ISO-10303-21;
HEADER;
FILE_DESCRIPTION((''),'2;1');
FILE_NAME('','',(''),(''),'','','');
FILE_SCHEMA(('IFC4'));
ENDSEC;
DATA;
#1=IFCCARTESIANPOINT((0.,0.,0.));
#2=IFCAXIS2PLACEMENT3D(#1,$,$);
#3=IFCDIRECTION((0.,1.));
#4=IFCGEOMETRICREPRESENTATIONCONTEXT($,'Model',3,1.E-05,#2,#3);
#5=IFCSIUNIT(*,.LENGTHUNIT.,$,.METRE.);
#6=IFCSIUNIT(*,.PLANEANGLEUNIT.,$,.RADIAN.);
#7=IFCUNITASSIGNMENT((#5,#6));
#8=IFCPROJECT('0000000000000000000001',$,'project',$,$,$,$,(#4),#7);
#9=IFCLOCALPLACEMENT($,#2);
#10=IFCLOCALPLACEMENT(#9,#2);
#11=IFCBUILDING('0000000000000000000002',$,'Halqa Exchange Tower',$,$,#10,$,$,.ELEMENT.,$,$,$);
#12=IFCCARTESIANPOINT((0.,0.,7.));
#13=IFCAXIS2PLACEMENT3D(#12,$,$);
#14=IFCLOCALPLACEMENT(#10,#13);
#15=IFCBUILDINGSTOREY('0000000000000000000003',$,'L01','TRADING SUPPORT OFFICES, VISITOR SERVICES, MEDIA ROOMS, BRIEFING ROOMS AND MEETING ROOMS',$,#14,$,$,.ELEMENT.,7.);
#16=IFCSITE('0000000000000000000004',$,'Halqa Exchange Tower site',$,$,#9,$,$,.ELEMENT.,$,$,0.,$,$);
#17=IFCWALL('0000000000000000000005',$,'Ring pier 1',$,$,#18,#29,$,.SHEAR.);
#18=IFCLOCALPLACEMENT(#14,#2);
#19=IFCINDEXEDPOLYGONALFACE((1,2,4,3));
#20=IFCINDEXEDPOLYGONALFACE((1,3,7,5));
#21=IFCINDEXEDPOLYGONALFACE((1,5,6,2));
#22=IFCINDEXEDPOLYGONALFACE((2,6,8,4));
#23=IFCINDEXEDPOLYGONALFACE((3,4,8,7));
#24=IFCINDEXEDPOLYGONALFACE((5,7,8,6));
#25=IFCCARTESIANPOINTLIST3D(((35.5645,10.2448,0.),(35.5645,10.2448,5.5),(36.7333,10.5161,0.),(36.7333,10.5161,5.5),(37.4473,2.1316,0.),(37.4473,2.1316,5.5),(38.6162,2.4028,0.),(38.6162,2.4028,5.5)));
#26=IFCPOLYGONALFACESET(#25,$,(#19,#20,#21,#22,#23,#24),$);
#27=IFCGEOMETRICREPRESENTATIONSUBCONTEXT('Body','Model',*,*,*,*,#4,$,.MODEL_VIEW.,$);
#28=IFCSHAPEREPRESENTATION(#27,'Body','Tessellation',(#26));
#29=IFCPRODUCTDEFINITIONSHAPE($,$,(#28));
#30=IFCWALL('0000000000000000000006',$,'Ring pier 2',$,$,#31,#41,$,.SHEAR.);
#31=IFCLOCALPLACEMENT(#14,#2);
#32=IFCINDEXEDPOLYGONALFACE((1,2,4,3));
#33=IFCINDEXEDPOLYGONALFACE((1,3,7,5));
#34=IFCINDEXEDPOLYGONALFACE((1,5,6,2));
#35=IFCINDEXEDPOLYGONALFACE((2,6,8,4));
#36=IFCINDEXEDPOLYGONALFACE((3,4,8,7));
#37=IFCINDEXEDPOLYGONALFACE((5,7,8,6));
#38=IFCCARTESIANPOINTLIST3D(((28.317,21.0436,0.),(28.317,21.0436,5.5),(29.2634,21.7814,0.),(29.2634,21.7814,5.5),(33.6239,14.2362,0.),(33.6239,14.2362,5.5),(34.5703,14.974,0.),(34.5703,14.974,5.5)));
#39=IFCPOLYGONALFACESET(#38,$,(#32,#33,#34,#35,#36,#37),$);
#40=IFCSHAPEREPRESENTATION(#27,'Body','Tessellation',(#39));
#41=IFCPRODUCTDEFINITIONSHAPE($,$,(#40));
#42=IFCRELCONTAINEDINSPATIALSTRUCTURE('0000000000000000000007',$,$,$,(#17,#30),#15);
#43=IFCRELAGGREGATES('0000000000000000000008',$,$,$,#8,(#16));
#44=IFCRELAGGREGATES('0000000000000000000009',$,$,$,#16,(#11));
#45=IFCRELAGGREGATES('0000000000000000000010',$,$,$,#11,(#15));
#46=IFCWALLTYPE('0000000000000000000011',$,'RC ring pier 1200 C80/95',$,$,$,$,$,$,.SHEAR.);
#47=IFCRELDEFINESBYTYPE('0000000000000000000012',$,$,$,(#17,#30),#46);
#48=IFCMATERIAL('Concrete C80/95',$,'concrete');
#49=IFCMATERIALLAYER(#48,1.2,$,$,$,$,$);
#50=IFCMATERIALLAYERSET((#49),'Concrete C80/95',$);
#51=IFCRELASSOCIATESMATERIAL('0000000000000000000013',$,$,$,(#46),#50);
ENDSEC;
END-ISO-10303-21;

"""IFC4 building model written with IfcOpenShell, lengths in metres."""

from ifc_helpers import new_model, si_unit, direction, frame, frame_2d, origin, place, context, subcontext, project, spatial, rectangle, extrude, material, layer, layer_set, type_object, element, save


model = new_model("IFC4")

# Units and contexts
model_context = context("Model", 3, precision=1e-05, world=origin(), true_north=direction((0.0, 1.0)))
body_context = subcontext(model_context, "Body", "Model", "MODEL_VIEW")
ifc_project = project(units=[si_unit("LENGTHUNIT", "METRE"), si_unit("PLANEANGLEUNIT", "RADIAN")], contexts=[model_context])

# Site, building, storey
site_placement = place(None, origin())
site = spatial("IfcSite", under=ifc_project, at=site_placement, Name="Halqa Exchange Tower site", CompositionType="ELEMENT", RefElevation=0.0)
building_placement = place(site_placement, origin())
building = spatial("IfcBuilding", under=site, at=building_placement, Name="Halqa Exchange Tower", CompositionType="ELEMENT")
storey_placement = place(building_placement, frame((0.0, 0.0, 7.0)))
storey = spatial("IfcBuildingStorey", under=building, at=storey_placement, Name="L01", Description="TRADING SUPPORT OFFICES, VISITOR SERVICES, MEDIA ROOMS, BRIEFING ROOMS AND MEETING ROOMS", CompositionType="ELEMENT", Elevation=7.0)

# Walls
ifc_material_1 = material(Name="Concrete C80/95", Category="concrete")
ifc_layer_1 = layer(ifc_material_1, 1.2)
ifc_layer_set_1 = layer_set([ifc_layer_1], Name="Concrete C80/95")
wall_type_1 = type_object("IfcWallType", Name="RC ring pier 1200 C80/95", PredefinedType="SHEAR", material=ifc_layer_set_1)
wall_1_placement = place(storey_placement, frame((38.0317, 2.2671, 0.0), z_axis=(0.0, 0.0, 1.0), x_axis=(-0.226058, 0.974114, 0.0)))
element("IfcWall", 1, at=wall_1_placement, inside=storey, type_object=wall_type_1, Name="Ring pier 1", PredefinedType="SHEAR", context=body_context, shape_type="SweptSolid", body=[
    extrude(rectangle(XDim=8.3289, YDim=1.2, at=frame_2d((4.1646, 0.0))), origin(), (0.0, 0.0, 1.0), 5.5),
])
wall_2_placement = place(storey_placement, frame((34.0972, 14.605, 0.0), z_axis=(0.0, 0.0, 1.0), x_axis=(-0.614825, 0.788663, 0.0)))
element("IfcWall", 2, at=wall_2_placement, inside=storey, type_object=wall_type_1, Name="Ring pier 2", PredefinedType="SHEAR", context=body_context, shape_type="SweptSolid", body=[
    extrude(rectangle(XDim=8.6316, YDim=1.2, at=frame_2d((4.3159, 0.0))), origin(), (0.0, 0.0, 1.0), 5.5),
])

save(model, "model.ifc")
